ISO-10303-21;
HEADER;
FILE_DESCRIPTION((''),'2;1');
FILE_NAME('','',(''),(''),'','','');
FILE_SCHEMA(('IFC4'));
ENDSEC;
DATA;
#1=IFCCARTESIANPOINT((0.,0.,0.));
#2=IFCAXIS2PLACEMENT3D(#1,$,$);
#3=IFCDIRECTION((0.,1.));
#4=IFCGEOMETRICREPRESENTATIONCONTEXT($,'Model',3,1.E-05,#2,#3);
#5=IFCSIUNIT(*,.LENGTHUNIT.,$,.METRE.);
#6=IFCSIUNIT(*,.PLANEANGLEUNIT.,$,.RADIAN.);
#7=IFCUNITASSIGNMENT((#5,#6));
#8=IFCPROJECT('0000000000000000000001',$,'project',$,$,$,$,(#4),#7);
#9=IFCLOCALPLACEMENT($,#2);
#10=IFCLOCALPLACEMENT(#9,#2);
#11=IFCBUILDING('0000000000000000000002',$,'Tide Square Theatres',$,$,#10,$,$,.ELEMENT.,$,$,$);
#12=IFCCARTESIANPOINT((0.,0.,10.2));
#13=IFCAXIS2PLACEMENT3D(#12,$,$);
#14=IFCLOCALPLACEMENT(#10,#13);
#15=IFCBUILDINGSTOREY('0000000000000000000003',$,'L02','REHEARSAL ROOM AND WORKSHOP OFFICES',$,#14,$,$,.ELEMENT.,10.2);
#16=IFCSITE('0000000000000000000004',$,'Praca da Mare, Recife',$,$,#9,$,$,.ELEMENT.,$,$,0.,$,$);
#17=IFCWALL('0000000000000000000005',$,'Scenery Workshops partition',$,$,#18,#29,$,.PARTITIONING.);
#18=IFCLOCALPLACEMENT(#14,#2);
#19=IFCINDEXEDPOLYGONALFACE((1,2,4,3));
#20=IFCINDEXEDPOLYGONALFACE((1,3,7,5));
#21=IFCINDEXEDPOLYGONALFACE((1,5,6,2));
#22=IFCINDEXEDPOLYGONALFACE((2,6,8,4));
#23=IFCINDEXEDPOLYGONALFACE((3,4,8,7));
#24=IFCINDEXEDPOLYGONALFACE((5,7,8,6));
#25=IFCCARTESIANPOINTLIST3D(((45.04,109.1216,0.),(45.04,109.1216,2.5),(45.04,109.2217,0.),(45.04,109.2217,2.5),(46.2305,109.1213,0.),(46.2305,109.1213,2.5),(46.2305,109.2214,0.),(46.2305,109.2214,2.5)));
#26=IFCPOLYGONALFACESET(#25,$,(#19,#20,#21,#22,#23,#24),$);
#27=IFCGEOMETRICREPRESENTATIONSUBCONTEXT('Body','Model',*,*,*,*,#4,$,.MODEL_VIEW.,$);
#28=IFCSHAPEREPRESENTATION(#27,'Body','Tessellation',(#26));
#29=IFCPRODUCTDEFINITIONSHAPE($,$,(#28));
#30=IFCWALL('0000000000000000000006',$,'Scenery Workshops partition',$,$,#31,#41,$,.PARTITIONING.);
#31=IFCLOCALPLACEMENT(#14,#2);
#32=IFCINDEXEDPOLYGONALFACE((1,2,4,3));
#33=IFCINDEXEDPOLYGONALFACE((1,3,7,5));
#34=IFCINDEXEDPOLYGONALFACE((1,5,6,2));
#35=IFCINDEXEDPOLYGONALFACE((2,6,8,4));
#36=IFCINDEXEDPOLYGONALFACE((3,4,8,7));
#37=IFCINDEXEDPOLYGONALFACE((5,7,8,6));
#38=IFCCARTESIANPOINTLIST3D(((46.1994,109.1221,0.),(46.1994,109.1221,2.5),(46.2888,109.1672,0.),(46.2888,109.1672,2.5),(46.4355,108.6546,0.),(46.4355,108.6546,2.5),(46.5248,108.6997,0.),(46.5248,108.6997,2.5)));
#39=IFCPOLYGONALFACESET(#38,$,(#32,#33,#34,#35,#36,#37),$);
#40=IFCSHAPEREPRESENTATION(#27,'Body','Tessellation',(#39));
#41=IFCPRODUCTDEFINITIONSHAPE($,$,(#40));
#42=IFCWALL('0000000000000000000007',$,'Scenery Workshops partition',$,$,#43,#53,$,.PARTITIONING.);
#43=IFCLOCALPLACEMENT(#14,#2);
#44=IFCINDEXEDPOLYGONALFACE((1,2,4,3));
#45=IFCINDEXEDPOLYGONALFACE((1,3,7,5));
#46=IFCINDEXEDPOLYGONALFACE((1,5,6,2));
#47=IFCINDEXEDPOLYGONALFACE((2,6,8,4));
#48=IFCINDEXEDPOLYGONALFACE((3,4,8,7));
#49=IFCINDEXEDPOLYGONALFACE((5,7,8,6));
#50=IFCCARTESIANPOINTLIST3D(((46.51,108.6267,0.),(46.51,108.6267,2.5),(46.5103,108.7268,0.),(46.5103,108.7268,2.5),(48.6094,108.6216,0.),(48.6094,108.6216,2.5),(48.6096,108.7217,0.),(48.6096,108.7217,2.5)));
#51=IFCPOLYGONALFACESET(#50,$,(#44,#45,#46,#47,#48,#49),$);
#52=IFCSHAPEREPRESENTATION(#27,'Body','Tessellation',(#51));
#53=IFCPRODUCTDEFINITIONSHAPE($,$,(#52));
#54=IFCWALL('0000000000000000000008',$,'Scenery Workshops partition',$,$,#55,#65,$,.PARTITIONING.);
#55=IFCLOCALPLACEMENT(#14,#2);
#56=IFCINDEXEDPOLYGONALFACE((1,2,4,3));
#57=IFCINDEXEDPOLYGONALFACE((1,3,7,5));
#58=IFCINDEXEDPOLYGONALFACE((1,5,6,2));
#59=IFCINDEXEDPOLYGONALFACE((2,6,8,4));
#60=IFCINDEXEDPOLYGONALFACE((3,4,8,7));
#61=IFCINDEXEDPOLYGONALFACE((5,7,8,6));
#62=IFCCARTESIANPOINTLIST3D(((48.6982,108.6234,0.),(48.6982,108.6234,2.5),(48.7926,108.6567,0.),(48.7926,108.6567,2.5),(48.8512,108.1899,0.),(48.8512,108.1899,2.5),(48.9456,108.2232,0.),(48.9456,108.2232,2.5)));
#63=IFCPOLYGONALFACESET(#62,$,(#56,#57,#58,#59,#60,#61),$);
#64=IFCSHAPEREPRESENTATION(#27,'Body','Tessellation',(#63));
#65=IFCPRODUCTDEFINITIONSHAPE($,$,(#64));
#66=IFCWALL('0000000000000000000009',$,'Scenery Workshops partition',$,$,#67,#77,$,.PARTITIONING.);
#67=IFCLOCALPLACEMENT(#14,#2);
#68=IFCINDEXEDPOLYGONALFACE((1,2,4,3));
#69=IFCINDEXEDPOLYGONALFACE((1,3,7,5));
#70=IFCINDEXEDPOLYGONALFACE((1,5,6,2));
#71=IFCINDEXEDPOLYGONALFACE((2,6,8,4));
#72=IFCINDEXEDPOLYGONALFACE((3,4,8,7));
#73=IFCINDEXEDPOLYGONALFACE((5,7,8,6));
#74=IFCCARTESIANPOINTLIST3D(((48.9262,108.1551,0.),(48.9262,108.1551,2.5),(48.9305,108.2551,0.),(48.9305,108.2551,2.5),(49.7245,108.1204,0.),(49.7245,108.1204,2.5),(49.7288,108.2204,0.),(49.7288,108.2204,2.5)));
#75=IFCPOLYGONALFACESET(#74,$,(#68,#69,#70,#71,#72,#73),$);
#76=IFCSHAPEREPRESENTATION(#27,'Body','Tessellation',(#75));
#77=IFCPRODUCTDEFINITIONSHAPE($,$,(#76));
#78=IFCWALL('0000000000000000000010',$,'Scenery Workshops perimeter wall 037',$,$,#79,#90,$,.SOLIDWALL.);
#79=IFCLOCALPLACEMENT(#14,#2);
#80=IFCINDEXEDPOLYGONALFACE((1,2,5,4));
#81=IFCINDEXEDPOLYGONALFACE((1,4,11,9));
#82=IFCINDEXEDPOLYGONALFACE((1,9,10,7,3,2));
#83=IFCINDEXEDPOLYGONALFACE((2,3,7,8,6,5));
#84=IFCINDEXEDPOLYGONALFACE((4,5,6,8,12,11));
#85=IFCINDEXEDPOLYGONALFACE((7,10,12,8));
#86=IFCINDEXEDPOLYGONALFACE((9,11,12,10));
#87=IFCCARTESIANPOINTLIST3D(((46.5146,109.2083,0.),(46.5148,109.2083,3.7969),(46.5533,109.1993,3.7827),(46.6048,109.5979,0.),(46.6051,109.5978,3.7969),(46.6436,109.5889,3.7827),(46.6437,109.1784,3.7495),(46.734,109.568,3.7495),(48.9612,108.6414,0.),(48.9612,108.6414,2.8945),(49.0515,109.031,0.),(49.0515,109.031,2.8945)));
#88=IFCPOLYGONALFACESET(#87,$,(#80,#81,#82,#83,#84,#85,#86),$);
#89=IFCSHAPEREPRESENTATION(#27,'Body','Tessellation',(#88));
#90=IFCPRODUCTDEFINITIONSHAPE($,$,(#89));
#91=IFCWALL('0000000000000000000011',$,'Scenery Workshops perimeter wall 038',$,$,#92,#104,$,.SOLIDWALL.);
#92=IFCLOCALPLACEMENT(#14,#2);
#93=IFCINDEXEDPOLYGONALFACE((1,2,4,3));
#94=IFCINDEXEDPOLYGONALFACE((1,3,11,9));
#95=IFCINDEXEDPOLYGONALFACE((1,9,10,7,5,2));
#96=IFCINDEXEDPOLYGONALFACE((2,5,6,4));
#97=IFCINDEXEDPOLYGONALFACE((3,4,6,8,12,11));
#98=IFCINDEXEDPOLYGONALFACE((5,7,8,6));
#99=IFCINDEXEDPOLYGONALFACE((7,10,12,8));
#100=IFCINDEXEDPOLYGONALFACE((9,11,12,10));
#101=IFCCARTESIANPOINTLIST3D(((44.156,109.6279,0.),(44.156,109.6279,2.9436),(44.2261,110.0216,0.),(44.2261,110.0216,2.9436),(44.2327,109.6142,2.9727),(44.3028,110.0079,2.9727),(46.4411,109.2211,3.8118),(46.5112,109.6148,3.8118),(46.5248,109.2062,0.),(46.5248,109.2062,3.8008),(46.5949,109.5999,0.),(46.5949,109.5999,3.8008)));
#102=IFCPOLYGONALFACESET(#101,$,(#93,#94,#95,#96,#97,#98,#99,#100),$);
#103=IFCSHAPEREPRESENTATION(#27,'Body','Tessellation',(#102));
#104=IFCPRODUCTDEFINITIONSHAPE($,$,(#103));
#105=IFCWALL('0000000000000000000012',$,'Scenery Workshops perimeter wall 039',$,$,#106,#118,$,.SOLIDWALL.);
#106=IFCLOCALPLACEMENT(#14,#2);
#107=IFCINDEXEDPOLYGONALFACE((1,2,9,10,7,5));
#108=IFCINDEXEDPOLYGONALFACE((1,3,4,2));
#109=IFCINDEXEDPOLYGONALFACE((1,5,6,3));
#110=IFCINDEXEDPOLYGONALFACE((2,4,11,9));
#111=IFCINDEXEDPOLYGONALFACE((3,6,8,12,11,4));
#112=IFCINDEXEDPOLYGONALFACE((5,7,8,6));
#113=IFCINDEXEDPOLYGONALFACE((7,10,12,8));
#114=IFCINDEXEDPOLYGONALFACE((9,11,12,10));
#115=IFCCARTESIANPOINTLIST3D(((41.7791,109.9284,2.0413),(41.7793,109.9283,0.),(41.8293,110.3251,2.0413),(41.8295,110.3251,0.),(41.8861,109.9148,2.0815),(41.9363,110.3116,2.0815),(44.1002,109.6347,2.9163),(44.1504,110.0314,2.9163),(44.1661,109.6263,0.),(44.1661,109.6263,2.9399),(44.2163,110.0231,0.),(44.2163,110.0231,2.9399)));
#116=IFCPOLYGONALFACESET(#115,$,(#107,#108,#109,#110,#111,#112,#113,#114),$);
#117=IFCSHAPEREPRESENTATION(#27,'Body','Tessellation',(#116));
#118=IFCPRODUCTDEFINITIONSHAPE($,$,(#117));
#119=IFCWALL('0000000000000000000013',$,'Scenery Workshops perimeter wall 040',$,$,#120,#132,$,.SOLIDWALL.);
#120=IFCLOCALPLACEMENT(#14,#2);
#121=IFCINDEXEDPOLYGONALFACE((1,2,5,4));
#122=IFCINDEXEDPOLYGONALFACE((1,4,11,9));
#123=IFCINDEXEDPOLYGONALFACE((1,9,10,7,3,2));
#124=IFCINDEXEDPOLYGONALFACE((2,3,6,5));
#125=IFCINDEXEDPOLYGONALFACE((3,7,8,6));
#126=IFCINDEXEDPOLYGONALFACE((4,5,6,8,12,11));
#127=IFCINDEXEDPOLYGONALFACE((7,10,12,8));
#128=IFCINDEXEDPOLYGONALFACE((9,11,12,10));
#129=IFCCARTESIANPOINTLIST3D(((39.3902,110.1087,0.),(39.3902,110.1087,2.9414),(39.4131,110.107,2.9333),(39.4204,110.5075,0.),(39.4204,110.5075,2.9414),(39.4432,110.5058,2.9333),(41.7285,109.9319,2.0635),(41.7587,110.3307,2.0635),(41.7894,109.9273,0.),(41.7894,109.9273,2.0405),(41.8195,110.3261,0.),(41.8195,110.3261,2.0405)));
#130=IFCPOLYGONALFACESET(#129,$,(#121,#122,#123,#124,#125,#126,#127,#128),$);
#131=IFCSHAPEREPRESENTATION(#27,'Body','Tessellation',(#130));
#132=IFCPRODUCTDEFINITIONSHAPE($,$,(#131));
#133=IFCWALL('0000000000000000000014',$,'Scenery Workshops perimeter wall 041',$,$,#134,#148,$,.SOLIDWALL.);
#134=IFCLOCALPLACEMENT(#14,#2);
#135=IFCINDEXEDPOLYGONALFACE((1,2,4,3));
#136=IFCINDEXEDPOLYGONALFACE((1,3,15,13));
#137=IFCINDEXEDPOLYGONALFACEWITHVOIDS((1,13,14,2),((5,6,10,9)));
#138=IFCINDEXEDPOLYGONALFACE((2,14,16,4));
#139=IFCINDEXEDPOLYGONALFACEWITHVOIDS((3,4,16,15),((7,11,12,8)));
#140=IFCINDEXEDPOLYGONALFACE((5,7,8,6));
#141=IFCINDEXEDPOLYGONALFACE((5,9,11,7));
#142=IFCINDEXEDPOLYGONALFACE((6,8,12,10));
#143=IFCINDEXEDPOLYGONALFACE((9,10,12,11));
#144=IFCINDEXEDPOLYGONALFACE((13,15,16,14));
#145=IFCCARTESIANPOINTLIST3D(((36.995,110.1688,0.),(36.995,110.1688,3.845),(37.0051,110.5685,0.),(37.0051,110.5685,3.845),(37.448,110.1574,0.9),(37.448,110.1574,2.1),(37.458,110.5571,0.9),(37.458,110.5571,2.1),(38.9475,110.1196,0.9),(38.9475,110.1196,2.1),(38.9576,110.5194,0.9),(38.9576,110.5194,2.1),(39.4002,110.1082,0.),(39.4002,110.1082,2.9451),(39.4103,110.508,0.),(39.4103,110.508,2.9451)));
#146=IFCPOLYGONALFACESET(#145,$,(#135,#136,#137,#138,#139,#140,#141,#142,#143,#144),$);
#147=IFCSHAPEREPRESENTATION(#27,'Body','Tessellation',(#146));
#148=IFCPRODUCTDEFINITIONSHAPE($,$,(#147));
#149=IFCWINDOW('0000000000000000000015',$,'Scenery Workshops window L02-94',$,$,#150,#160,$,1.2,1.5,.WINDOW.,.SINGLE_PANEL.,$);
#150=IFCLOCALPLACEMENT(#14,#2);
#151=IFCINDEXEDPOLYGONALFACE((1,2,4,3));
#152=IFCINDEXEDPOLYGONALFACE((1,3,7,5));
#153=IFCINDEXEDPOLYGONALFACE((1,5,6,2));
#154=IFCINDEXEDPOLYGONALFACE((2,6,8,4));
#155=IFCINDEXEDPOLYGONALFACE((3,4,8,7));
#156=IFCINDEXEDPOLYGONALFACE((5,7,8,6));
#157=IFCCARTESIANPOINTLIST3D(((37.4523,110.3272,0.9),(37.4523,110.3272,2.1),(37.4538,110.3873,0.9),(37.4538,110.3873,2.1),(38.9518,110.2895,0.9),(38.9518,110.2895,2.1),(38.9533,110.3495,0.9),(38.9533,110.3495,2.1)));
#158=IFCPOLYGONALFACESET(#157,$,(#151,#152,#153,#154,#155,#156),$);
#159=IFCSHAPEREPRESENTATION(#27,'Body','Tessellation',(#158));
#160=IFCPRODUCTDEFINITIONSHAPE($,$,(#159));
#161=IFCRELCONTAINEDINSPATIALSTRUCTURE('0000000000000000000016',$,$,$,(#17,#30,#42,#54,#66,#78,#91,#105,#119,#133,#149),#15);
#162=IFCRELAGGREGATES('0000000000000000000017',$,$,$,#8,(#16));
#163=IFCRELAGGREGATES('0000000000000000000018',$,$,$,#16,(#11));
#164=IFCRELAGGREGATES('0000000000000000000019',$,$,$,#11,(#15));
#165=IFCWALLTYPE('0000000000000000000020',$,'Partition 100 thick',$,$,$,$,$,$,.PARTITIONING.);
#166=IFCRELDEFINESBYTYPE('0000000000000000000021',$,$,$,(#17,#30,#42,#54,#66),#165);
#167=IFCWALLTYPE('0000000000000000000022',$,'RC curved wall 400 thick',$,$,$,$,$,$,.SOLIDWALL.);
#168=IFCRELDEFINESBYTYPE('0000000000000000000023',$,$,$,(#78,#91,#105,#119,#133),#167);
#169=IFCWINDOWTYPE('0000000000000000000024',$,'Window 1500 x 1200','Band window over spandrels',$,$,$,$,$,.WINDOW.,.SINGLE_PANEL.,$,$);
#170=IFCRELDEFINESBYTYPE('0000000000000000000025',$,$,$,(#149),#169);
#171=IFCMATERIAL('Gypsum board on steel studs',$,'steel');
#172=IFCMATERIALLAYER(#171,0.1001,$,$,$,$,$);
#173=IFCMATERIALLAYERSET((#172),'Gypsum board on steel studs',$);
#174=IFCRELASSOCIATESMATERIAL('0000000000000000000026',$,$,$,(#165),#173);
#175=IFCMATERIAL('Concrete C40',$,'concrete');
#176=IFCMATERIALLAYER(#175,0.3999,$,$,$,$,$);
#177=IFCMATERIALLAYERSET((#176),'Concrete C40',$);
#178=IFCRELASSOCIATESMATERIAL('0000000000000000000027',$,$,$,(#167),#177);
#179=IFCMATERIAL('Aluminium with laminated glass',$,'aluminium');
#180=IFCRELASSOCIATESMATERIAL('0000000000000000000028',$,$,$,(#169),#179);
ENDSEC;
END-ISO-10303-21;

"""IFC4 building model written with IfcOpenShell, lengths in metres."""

from ifc_helpers import new_model, si_unit, direction, frame, frame_2d, origin, place, context, subcontext, project, spatial, polyline, rectangle, outline, extrude, material, layer, layer_set, type_object, element, fill, save


model = new_model("IFC4")

# Units and contexts
model_context = context("Model", 3, precision=1e-05, world=origin(), true_north=direction((0.0, 1.0)))
body_context = subcontext(model_context, "Body", "Model", "MODEL_VIEW")
ifc_project = project(units=[si_unit("LENGTHUNIT", "METRE"), si_unit("PLANEANGLEUNIT", "RADIAN")], contexts=[model_context])

# Site, building, storey
site_placement = place(None, origin())
site = spatial("IfcSite", under=ifc_project, at=site_placement, Name="Praca da Mare, Recife", CompositionType="ELEMENT", RefElevation=0.0)
building_placement = place(site_placement, origin())
building = spatial("IfcBuilding", under=site, at=building_placement, Name="Tide Square Theatres", CompositionType="ELEMENT")
storey_placement = place(building_placement, frame((0.0, 0.0, 10.2)))
storey = spatial("IfcBuildingStorey", under=building, at=storey_placement, Name="L02", Description="REHEARSAL ROOM AND WORKSHOP OFFICES", CompositionType="ELEMENT", Elevation=10.2)

# Walls
ifc_material_1 = material(Name="Gypsum board on steel studs", Category="steel")
ifc_layer_1 = layer(ifc_material_1, 0.1001)
ifc_layer_set_1 = layer_set([ifc_layer_1], Name="Gypsum board on steel studs")
wall_type_1 = type_object("IfcWallType", Name="Partition 100 thick", PredefinedType="PARTITIONING", material=ifc_layer_set_1)
wall_1_placement = place(storey_placement, frame((45.04, 109.1716, 0.0), z_axis=(0.0, 0.0, 1.0), x_axis=(1.0, -0.000205, 0.0)))
element("IfcWall", 1, at=wall_1_placement, inside=storey, type_object=wall_type_1, Name="Scenery Workshops partition", PredefinedType="PARTITIONING", context=body_context, shape_type="SweptSolid", body=[
    extrude(rectangle(XDim=1.1904, YDim=0.1001, at=frame_2d((0.5952, 0.0))), origin(), (0.0, 0.0, 1.0), 2.5),
])
wall_2_placement = place(storey_placement, frame((46.2441, 109.1445, 0.0), z_axis=(0.0, 0.0, 1.0), x_axis=(0.450753, -0.892649, 0.0)))
element("IfcWall", 2, at=wall_2_placement, inside=storey, type_object=wall_type_1, Name="Scenery Workshops partition", PredefinedType="PARTITIONING", context=body_context, shape_type="SweptSolid", body=[
    extrude(rectangle(XDim=0.5237, YDim=0.1001, at=frame_2d((0.2617, 0.0))), origin(), (0.0, 0.0, 1.0), 2.5),
])
wall_3_placement = place(storey_placement, frame((46.51, 108.6768, 0.0), z_axis=(0.0, 0.0, 1.0), x_axis=(0.999997, -0.002442, 0.0)))
element("IfcWall", 3, at=wall_3_placement, inside=storey, type_object=wall_type_1, Name="Scenery Workshops partition", PredefinedType="PARTITIONING", context=body_context, shape_type="SweptSolid", body=[
    extrude(rectangle(XDim=2.0994, YDim=0.1001, at=frame_2d((1.0498, 0.0))), origin(), (0.0, 0.0, 1.0), 2.5),
])
wall_4_placement = place(storey_placement, frame((48.7454, 108.6401, 0.0), z_axis=(0.0, 0.0, 1.0), x_axis=(0.332903, -0.942961, 0.0)))
element("IfcWall", 4, at=wall_4_placement, inside=storey, type_object=wall_type_1, Name="Scenery Workshops partition", PredefinedType="PARTITIONING", context=body_context, shape_type="SweptSolid", body=[
    extrude(rectangle(XDim=0.4597, YDim=0.1001, at=frame_2d((0.23, 0.0))), origin(), (0.0, 0.0, 1.0), 2.5),
])
wall_5_placement = place(storey_placement, frame((48.9285, 108.2051, 0.0), z_axis=(0.0, 0.0, 1.0), x_axis=(0.999058, -0.043384, 0.0)))
element("IfcWall", 5, at=wall_5_placement, inside=storey, type_object=wall_type_1, Name="Scenery Workshops partition", PredefinedType="PARTITIONING", context=body_context, shape_type="SweptSolid", body=[
    extrude(rectangle(XDim=0.7991, YDim=0.1001, at=frame_2d((0.3994, 0.0))), origin(), (0.0, 0.0, 1.0), 2.5),
])
ifc_material_2 = material(Name="Concrete C40", Category="concrete")
ifc_layer_2 = layer(ifc_material_2, 0.3999)
ifc_layer_set_2 = layer_set([ifc_layer_2], Name="Concrete C40")
wall_type_2 = type_object("IfcWallType", Name="RC curved wall 400 thick", PredefinedType="SOLIDWALL", material=ifc_layer_set_2)
wall_6_placement = place(storey_placement, frame((49.0063, 108.8362, 0.0), z_axis=(0.0, 0.0, 1.0), x_axis=(-0.974189, 0.225733, 0.0)))
element("IfcWall", 6, at=wall_6_placement, inside=storey, type_object=wall_type_2, Name="Scenery Workshops perimeter wall 037", PredefinedType="SOLIDWALL", context=body_context, shape_type="SweptSolid", body=[
    extrude(outline(polyline([(0.0, 0.0), (2.5115, 0.0), (2.5112, 3.7969), (2.4717, 3.7827), (2.3789, 3.7495), (0.0, 2.8945), (0.0, 0.0)])), frame((0.0, 0.2, 0.0), z_axis=(0.0, -1.0, 0.0), x_axis=(1.0, 0.0, 0.0)), (0.0, 0.0, 1.0), 0.3999),
])
wall_7_placement = place(storey_placement, frame((46.5598, 109.4031, 0.0), z_axis=(0.0, 0.0, 1.0), x_axis=(-0.984524, 0.17525, 0.0)))
element("IfcWall", 7, at=wall_7_placement, inside=storey, type_object=wall_type_2, Name="Scenery Workshops perimeter wall 038", PredefinedType="SOLIDWALL", context=body_context, shape_type="SweptSolid", body=[
    extrude(outline(polyline([(0.0, 0.0), (2.406, 0.0), (2.406, 2.9436), (2.3281, 2.9727), (0.085, 3.8118), (0.0, 3.8008), (0.0, 0.0)])), frame((0.0, 0.2, 0.0), z_axis=(0.0, -1.0, 0.0), x_axis=(1.0, 0.0, 0.0)), (0.0, 0.0, 1.0), 0.3999),
])
wall_8_placement = place(storey_placement, frame((44.1912, 109.8247, 0.0), z_axis=(0.0, 0.0, 1.0), x_axis=(-0.992089, 0.125533, 0.0)))
element("IfcWall", 8, at=wall_8_placement, inside=storey, type_object=wall_type_2, Name="Scenery Workshops perimeter wall 039", PredefinedType="SOLIDWALL", context=body_context, shape_type="SweptSolid", body=[
    extrude(outline(polyline([(0.0, 0.0), (2.4058, 0.0), (2.406, 2.0413), (2.2981, 2.0815), (0.0664, 2.9163), (0.0, 2.9399), (0.0, 0.0)])), frame((0.0, 0.2, 0.0), z_axis=(0.0, -1.0, 0.0), x_axis=(1.0, 0.0, 0.0)), (0.0, 0.0, 1.0), 0.3999),
])
wall_9_placement = place(storey_placement, frame((41.8044, 110.1267, 0.0), z_axis=(0.0, 0.0, 1.0), x_axis=(-0.997154, 0.075393, 0.0)))
element("IfcWall", 9, at=wall_9_placement, inside=storey, type_object=wall_type_2, Name="Scenery Workshops perimeter wall 040", PredefinedType="SOLIDWALL", context=body_context, shape_type="SweptSolid", body=[
    extrude(outline(polyline([(0.0, 0.0), (2.406, 0.0), (2.406, 2.9414), (2.3831, 2.9333), (0.061, 2.0635), (0.0, 2.0405), (0.0, 0.0)])), frame((0.0, 0.2, 0.0), z_axis=(0.0, -1.0, 0.0), x_axis=(1.0, 0.0, 0.0)), (0.0, 0.0, 1.0), 0.3999),
])

# Wall, opening, window
wall_10_placement = place(storey_placement, frame((39.4053, 110.3081, 0.0), z_axis=(0.0, 0.0, 1.0), x_axis=(-0.999683, 0.025165, 0.0)))
wall_10 = element("IfcWall", 10, at=wall_10_placement, inside=storey, type_object=wall_type_2, Name="Scenery Workshops perimeter wall 041", PredefinedType="SOLIDWALL", context=body_context, shape_type="SweptSolid", body=[
    extrude(outline(polyline([(0.0, 0.0), (2.406, 0.0), (2.406, 3.845), (2.3335, 3.8179), (0.0, 2.9451), (0.0, 0.0)])), frame((0.0, 0.2, 0.0), z_axis=(0.0, -1.0, 0.0), x_axis=(1.0, 0.0, 0.0)), (0.0, 0.0, 1.0), 0.3999),
])
opening_1_placement = place(wall_10_placement, frame((0.4529, 0.0, 0.8999)))
opening_1 = element("IfcOpeningElement", 11, at=opening_1_placement, cuts=wall_10, PredefinedType="OPENING", context=body_context, shape_type="SweptSolid", body=[
    extrude(rectangle(XDim=1.5, YDim=1.2, at=frame_2d((0.75, 0.6001))), frame((0.0, 0.21, 0.0), z_axis=(0.0, -1.0, 0.0), x_axis=(1.0, 0.0, 0.0)), (0.0, 0.0, 1.0), 0.4199),
])
ifc_material_3 = material(Name="Aluminium with laminated glass", Category="aluminium")
window_type_1 = type_object("IfcWindowType", Name="Window 1500 x 1200", Description="Band window over spandrels", PartitioningType="SINGLE_PANEL", PredefinedType="WINDOW", material=ifc_material_3)
window_1_placement = place(opening_1_placement, origin())
window_1 = element("IfcWindow", 12, at=window_1_placement, inside=storey, type_object=window_type_1, Name="Scenery Workshops window L02-94", OverallHeight=1.2, OverallWidth=1.5, PartitioningType="SINGLE_PANEL", PredefinedType="WINDOW", context=body_context, shape_type="SweptSolid", body=[
    extrude(rectangle(XDim=1.5, YDim=1.2, at=frame_2d((0.75, 0.6001))), frame((0.0, 0.03, 0.0), z_axis=(0.0, -1.0, 0.0), x_axis=(1.0, 0.0, 0.0)), (0.0, 0.0, 1.0), 0.0601),
])
fill(opening_1, window_1)

save(model, "model.ifc")
